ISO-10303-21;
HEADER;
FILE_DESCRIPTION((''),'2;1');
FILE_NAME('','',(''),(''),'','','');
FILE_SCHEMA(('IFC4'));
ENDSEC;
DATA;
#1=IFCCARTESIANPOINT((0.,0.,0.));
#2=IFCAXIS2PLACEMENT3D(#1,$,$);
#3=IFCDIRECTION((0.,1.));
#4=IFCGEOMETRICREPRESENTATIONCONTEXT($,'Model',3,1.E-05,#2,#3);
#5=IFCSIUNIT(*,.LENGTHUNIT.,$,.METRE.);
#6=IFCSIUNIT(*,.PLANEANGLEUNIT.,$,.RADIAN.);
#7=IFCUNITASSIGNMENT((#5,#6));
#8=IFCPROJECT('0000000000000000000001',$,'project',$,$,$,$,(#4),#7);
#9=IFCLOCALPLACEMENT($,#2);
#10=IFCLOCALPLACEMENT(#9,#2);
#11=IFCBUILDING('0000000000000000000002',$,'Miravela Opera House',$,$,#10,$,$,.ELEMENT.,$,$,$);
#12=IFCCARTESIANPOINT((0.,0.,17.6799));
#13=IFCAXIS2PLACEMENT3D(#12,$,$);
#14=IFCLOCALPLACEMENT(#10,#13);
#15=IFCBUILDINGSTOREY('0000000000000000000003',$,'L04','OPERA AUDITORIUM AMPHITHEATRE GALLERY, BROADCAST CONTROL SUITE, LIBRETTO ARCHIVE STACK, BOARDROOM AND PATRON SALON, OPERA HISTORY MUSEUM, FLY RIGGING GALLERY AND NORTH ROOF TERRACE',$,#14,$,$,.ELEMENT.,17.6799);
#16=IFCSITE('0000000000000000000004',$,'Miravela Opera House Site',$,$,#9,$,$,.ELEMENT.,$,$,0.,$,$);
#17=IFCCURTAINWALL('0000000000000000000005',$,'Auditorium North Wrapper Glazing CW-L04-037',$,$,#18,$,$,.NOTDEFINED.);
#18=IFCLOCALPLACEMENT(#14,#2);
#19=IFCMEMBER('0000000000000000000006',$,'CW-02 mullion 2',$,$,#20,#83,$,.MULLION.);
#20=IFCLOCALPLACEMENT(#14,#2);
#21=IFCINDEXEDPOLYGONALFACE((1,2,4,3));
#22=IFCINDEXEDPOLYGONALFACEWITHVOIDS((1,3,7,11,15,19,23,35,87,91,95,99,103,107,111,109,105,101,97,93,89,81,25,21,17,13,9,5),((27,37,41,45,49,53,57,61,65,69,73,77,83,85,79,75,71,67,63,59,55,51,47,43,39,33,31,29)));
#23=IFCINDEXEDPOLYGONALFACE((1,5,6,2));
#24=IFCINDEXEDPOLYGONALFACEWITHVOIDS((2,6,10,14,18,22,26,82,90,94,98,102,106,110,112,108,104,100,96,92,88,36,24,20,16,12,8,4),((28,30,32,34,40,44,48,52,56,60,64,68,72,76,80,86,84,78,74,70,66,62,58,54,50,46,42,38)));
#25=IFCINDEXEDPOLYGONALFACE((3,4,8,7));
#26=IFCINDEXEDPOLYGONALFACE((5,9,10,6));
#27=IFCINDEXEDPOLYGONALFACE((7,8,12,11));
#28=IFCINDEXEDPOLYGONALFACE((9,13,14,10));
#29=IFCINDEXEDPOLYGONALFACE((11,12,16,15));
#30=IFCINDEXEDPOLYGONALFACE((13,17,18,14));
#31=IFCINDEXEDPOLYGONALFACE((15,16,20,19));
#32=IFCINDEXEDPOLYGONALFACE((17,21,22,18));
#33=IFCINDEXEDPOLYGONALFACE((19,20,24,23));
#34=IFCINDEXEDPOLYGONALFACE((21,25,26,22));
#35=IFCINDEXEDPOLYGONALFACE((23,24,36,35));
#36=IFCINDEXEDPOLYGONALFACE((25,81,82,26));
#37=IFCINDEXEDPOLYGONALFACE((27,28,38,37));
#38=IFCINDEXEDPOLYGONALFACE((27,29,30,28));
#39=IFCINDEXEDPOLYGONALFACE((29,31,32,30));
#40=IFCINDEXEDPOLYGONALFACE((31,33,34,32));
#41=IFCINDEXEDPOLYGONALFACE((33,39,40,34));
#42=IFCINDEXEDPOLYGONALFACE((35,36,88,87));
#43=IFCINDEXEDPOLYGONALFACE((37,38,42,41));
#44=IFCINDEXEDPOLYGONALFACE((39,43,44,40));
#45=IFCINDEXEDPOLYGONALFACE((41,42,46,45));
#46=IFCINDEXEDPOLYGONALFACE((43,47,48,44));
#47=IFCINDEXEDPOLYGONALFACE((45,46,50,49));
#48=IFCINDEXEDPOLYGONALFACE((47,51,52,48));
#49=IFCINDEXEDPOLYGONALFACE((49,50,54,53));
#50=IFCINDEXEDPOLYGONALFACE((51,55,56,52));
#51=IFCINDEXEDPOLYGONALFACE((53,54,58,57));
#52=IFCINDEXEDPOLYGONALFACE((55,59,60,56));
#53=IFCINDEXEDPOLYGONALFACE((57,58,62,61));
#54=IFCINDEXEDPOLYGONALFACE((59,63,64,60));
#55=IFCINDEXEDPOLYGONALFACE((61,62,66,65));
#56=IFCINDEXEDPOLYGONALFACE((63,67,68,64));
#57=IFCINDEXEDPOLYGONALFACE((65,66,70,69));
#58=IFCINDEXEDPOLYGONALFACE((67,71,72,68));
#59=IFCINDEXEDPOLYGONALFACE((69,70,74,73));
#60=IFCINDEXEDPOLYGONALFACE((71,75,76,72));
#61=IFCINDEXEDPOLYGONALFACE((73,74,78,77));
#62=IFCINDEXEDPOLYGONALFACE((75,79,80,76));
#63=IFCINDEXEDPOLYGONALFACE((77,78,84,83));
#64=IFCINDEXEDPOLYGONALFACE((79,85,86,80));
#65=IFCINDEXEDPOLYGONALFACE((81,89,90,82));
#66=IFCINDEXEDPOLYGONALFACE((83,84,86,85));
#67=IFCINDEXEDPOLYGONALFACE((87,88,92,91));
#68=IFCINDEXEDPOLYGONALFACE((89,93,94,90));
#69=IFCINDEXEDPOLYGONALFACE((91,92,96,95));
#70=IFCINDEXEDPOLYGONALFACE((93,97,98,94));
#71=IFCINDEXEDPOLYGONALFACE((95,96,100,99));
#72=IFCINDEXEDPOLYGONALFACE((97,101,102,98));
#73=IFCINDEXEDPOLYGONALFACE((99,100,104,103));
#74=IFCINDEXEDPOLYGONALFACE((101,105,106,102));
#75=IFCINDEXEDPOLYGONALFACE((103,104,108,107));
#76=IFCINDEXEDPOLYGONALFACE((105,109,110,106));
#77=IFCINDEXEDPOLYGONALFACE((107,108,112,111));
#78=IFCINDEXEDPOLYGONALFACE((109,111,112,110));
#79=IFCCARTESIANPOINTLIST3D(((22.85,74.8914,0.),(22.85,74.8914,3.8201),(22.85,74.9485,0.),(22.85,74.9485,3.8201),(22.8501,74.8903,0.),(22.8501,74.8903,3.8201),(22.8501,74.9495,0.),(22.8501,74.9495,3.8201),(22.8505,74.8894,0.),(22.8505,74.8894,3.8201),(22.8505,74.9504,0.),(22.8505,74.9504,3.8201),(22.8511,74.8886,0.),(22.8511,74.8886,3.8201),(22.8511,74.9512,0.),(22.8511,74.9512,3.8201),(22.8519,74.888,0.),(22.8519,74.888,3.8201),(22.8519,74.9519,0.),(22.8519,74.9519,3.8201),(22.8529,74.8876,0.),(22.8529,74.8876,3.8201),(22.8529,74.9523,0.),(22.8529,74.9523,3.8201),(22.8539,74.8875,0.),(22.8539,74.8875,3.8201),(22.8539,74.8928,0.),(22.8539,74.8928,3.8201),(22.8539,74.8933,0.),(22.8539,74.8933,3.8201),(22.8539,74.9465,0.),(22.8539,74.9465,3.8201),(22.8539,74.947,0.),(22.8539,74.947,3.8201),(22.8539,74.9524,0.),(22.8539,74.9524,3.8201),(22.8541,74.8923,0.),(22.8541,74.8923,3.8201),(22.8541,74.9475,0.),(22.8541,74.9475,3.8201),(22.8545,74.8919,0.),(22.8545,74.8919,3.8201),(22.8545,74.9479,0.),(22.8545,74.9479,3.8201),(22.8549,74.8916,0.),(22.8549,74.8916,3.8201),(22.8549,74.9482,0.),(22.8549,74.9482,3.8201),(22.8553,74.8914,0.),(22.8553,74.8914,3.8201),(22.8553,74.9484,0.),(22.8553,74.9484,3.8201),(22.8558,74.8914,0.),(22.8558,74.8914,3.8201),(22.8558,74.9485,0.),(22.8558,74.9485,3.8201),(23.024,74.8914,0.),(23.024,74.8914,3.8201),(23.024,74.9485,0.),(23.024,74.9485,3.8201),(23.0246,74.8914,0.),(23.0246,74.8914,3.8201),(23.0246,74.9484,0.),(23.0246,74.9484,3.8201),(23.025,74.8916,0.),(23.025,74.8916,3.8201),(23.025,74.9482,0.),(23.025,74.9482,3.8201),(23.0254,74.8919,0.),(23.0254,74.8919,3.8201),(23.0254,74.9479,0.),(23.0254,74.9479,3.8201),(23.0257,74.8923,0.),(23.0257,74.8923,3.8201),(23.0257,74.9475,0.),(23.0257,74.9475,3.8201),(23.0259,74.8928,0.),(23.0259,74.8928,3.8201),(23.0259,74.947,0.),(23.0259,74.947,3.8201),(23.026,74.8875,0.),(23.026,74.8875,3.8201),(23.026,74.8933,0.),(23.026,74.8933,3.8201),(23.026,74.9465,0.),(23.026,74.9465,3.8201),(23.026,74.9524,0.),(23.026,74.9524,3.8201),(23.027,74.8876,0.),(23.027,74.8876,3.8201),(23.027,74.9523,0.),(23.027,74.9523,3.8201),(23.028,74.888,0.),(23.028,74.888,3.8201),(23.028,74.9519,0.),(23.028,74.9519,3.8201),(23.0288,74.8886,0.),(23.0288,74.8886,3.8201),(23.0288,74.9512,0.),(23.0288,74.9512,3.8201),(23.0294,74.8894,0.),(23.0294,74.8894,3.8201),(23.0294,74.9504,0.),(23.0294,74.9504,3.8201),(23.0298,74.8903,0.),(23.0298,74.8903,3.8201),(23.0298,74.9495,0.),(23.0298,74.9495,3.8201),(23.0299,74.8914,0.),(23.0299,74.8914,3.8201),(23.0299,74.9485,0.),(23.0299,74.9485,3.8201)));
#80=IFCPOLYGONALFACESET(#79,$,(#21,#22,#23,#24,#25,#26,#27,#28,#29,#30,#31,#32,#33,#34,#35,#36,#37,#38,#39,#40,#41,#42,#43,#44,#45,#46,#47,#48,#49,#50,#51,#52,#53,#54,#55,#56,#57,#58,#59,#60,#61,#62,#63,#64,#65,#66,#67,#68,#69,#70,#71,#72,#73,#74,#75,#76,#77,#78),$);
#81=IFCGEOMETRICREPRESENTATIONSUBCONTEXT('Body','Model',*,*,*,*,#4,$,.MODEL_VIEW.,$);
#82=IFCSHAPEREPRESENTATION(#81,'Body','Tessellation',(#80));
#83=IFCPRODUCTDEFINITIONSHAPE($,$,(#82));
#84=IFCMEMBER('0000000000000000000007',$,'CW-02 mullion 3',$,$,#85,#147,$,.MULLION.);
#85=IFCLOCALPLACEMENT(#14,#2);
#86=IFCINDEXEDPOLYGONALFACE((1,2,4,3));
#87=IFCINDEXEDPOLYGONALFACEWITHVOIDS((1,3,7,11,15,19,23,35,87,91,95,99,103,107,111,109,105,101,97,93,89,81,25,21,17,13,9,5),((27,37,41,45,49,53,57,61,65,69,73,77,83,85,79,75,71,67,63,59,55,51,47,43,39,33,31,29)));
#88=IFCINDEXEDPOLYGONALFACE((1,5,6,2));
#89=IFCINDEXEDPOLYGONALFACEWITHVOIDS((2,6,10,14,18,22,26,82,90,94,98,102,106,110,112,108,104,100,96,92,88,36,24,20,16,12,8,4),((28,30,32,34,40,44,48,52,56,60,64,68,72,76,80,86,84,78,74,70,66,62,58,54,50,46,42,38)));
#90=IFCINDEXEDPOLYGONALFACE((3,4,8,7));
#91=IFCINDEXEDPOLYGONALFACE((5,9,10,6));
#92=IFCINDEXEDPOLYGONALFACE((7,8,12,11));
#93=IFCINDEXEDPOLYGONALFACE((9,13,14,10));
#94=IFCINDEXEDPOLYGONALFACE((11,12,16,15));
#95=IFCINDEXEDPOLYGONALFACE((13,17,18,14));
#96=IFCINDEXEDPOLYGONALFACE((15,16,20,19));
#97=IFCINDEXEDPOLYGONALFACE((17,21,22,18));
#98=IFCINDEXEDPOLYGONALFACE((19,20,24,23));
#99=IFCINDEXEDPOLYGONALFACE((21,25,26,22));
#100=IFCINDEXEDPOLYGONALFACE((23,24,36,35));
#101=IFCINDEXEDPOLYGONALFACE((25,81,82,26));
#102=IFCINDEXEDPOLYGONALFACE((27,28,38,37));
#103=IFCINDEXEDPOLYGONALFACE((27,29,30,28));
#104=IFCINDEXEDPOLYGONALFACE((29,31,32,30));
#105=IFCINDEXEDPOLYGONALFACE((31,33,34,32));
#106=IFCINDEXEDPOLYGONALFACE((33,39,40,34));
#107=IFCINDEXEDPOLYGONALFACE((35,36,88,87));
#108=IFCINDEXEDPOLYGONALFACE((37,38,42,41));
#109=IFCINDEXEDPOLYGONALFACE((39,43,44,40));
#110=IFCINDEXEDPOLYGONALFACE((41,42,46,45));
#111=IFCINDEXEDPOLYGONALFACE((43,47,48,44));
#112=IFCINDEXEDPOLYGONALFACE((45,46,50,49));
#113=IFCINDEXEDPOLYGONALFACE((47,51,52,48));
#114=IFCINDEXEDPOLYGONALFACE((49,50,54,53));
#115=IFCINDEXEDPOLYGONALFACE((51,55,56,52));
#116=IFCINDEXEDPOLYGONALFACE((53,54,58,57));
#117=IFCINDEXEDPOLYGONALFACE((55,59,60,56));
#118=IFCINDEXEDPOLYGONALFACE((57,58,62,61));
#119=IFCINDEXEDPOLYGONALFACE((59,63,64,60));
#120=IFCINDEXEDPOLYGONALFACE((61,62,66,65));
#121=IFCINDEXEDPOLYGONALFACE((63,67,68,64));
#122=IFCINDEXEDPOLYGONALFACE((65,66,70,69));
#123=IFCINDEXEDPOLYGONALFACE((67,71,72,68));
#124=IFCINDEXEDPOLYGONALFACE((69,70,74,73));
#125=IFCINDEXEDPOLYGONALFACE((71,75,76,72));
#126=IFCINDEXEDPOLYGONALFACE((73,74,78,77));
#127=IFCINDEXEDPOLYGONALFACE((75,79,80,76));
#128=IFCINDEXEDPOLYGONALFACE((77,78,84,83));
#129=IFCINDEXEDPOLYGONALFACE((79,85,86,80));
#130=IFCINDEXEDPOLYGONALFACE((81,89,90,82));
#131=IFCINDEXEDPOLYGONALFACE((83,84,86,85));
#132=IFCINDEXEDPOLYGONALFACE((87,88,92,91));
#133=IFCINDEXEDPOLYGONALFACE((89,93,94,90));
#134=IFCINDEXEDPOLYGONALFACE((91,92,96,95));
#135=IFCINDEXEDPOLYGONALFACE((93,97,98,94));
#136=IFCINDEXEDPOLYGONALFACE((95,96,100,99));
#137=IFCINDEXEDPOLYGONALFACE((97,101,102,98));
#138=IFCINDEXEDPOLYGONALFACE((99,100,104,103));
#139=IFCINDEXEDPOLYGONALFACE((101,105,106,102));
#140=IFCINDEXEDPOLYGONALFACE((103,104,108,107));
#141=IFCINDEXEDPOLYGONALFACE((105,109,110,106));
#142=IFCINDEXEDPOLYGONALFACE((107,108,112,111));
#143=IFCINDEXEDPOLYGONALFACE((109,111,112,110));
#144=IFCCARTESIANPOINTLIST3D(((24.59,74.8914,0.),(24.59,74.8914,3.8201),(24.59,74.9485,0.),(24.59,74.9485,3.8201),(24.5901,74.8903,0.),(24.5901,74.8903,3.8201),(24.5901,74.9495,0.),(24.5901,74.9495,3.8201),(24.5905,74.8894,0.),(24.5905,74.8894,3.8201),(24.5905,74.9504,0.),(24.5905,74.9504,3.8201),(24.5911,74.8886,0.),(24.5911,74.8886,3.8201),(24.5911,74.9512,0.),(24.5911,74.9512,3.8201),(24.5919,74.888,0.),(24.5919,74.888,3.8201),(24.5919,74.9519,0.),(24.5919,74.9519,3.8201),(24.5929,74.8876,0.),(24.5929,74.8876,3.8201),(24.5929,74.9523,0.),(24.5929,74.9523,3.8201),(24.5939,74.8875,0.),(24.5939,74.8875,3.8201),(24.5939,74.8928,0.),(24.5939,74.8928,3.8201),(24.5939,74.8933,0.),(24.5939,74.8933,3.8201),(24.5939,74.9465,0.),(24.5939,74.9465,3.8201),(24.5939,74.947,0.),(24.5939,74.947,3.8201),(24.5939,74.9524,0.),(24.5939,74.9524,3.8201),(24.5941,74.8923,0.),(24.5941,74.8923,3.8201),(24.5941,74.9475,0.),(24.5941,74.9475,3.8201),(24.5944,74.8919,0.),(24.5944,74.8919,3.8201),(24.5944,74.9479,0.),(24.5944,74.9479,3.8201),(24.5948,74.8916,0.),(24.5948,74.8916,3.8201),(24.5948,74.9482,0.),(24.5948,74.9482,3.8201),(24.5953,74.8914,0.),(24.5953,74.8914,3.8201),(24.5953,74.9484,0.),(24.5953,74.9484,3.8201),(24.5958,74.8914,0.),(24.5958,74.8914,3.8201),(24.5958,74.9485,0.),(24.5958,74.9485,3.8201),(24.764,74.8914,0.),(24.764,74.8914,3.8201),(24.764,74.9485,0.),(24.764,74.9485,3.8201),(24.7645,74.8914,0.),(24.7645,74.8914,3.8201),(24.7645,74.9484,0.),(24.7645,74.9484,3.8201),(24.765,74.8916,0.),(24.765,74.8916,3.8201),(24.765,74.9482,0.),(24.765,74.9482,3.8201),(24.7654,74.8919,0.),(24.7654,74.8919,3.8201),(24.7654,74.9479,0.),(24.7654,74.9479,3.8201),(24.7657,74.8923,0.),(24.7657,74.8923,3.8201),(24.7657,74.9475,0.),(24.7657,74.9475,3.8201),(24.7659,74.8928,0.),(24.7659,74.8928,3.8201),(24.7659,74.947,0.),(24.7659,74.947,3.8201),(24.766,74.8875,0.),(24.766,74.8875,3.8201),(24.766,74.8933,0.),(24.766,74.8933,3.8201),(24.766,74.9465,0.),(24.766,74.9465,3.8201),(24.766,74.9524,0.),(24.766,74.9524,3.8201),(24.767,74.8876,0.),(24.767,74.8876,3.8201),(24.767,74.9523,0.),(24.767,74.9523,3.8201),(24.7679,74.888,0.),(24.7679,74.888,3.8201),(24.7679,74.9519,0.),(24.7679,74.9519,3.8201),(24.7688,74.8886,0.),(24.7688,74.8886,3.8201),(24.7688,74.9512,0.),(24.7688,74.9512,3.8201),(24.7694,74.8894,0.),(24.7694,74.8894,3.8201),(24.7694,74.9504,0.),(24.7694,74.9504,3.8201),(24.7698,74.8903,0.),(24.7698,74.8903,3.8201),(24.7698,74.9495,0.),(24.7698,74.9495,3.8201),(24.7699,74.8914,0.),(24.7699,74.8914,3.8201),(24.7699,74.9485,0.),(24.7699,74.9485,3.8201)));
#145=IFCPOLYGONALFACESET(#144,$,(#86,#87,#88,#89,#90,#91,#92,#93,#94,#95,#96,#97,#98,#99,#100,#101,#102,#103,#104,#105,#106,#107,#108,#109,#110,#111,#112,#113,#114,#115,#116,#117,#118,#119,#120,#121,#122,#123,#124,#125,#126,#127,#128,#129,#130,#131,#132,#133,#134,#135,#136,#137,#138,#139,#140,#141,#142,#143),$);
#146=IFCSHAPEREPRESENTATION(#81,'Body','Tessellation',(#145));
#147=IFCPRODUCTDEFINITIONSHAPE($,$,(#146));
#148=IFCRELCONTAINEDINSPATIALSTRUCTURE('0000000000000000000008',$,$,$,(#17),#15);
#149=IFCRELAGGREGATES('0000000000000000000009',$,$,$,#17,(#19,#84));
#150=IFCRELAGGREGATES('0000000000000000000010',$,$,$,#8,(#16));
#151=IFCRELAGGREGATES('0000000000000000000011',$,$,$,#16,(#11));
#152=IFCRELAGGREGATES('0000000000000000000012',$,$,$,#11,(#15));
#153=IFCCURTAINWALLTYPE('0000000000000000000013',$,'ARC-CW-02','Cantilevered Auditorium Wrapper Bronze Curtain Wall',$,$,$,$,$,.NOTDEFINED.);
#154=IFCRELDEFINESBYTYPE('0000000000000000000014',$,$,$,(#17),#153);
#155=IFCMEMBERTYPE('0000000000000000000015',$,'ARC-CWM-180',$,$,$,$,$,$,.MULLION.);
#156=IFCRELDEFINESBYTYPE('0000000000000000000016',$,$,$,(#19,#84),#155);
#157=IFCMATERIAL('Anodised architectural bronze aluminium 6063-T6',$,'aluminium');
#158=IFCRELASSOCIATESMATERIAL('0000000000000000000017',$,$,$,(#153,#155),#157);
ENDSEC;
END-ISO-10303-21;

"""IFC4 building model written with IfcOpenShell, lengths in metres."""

from ifc_helpers import new_model, si_unit, direction, frame, origin, origin_2d, place, context, subcontext, project, spatial, hollow_rectangle, extrude, material, material_profile, profile_set, type_object, element, aggregate, save


model = new_model("IFC4")

# Units and contexts
model_context = context("Model", 3, precision=1e-05, world=origin(), true_north=direction((0.0, 1.0)))
body_context = subcontext(model_context, "Body", "Model", "MODEL_VIEW")
ifc_project = project(units=[si_unit("LENGTHUNIT", "METRE"), si_unit("PLANEANGLEUNIT", "RADIAN")], contexts=[model_context])

# Site, building, storey
site_placement = place(None, origin())
site = spatial("IfcSite", under=ifc_project, at=site_placement, Name="Miravela Opera House Site", CompositionType="ELEMENT", RefElevation=0.0)
building_placement = place(site_placement, origin())
building = spatial("IfcBuilding", under=site, at=building_placement, Name="Miravela Opera House", CompositionType="ELEMENT")
storey_placement = place(building_placement, frame((0.0, 0.0, 17.6799)))
storey = spatial("IfcBuildingStorey", under=building, at=storey_placement, Name="L04", Description="OPERA AUDITORIUM AMPHITHEATRE GALLERY, BROADCAST CONTROL SUITE, LIBRETTO ARCHIVE STACK, BOARDROOM AND PATRON SALON, OPERA HISTORY MUSEUM, FLY RIGGING GALLERY AND NORTH ROOF TERRACE", CompositionType="ELEMENT", Elevation=17.6799)

# Shared definitions
ifc_material_1 = material(Name="Anodised architectural bronze aluminium 6063-T6", Category="aluminium")
curtain_wall_type = type_object("IfcCurtainWallType", Name="ARC-CW-02", Description="Cantilevered Auditorium Wrapper Bronze Curtain Wall", PredefinedType="NOTDEFINED", material=ifc_material_1)
ifc_material_profile_1 = material_profile(ifc_material_1, hollow_rectangle(XDim=0.0649, YDim=0.1799, WallThickness=0.0039, InnerFilletRadius=0.002, OuterFilletRadius=0.0039, at=origin_2d()), Name="CWM-65X180")
ifc_profile_set_1 = profile_set([ifc_material_profile_1])
member_type_1 = type_object("IfcMemberType", Name="ARC-CWM-180", PredefinedType="MULLION", material=ifc_profile_set_1)

# Curtain wall, members
curtain_wall_1_placement = place(storey_placement, origin())
curtain_wall_1 = element("IfcCurtainWall", 1, at=curtain_wall_1_placement, inside=storey, type_object=curtain_wall_type, Name="Auditorium North Wrapper Glazing CW-L04-037", PredefinedType="NOTDEFINED")
member_1_placement = place(storey_placement, frame((22.9399, 74.9199, 0.0), z_axis=(0.0, 0.0, 1.0), x_axis=(0.0, 1.0, 0.0)))
member_1 = element("IfcMember", 2, at=member_1_placement, type_object=member_type_1, Name="CW-02 mullion 2", PredefinedType="MULLION", context=body_context, shape_type="SweptSolid", body=[
    extrude(hollow_rectangle(XDim=0.0649, YDim=0.1799, WallThickness=0.0039, InnerFilletRadius=0.002, OuterFilletRadius=0.0039, at=origin_2d()), origin(), (0.0, 0.0, 1.0), 3.8201),
])
member_2_placement = place(storey_placement, frame((24.6799, 74.9199, 0.0), z_axis=(0.0, 0.0, 1.0), x_axis=(0.0, 1.0, 0.0)))
member_2 = element("IfcMember", 3, at=member_2_placement, type_object=member_type_1, Name="CW-02 mullion 3", PredefinedType="MULLION", context=body_context, shape_type="SweptSolid", body=[
    extrude(hollow_rectangle(XDim=0.0649, YDim=0.1799, WallThickness=0.0039, InnerFilletRadius=0.002, OuterFilletRadius=0.0039, at=origin_2d()), origin(), (0.0, 0.0, 1.0), 3.8201),
])

aggregate(curtain_wall_1, [member_1, member_2])

save(model, "model.ifc")
